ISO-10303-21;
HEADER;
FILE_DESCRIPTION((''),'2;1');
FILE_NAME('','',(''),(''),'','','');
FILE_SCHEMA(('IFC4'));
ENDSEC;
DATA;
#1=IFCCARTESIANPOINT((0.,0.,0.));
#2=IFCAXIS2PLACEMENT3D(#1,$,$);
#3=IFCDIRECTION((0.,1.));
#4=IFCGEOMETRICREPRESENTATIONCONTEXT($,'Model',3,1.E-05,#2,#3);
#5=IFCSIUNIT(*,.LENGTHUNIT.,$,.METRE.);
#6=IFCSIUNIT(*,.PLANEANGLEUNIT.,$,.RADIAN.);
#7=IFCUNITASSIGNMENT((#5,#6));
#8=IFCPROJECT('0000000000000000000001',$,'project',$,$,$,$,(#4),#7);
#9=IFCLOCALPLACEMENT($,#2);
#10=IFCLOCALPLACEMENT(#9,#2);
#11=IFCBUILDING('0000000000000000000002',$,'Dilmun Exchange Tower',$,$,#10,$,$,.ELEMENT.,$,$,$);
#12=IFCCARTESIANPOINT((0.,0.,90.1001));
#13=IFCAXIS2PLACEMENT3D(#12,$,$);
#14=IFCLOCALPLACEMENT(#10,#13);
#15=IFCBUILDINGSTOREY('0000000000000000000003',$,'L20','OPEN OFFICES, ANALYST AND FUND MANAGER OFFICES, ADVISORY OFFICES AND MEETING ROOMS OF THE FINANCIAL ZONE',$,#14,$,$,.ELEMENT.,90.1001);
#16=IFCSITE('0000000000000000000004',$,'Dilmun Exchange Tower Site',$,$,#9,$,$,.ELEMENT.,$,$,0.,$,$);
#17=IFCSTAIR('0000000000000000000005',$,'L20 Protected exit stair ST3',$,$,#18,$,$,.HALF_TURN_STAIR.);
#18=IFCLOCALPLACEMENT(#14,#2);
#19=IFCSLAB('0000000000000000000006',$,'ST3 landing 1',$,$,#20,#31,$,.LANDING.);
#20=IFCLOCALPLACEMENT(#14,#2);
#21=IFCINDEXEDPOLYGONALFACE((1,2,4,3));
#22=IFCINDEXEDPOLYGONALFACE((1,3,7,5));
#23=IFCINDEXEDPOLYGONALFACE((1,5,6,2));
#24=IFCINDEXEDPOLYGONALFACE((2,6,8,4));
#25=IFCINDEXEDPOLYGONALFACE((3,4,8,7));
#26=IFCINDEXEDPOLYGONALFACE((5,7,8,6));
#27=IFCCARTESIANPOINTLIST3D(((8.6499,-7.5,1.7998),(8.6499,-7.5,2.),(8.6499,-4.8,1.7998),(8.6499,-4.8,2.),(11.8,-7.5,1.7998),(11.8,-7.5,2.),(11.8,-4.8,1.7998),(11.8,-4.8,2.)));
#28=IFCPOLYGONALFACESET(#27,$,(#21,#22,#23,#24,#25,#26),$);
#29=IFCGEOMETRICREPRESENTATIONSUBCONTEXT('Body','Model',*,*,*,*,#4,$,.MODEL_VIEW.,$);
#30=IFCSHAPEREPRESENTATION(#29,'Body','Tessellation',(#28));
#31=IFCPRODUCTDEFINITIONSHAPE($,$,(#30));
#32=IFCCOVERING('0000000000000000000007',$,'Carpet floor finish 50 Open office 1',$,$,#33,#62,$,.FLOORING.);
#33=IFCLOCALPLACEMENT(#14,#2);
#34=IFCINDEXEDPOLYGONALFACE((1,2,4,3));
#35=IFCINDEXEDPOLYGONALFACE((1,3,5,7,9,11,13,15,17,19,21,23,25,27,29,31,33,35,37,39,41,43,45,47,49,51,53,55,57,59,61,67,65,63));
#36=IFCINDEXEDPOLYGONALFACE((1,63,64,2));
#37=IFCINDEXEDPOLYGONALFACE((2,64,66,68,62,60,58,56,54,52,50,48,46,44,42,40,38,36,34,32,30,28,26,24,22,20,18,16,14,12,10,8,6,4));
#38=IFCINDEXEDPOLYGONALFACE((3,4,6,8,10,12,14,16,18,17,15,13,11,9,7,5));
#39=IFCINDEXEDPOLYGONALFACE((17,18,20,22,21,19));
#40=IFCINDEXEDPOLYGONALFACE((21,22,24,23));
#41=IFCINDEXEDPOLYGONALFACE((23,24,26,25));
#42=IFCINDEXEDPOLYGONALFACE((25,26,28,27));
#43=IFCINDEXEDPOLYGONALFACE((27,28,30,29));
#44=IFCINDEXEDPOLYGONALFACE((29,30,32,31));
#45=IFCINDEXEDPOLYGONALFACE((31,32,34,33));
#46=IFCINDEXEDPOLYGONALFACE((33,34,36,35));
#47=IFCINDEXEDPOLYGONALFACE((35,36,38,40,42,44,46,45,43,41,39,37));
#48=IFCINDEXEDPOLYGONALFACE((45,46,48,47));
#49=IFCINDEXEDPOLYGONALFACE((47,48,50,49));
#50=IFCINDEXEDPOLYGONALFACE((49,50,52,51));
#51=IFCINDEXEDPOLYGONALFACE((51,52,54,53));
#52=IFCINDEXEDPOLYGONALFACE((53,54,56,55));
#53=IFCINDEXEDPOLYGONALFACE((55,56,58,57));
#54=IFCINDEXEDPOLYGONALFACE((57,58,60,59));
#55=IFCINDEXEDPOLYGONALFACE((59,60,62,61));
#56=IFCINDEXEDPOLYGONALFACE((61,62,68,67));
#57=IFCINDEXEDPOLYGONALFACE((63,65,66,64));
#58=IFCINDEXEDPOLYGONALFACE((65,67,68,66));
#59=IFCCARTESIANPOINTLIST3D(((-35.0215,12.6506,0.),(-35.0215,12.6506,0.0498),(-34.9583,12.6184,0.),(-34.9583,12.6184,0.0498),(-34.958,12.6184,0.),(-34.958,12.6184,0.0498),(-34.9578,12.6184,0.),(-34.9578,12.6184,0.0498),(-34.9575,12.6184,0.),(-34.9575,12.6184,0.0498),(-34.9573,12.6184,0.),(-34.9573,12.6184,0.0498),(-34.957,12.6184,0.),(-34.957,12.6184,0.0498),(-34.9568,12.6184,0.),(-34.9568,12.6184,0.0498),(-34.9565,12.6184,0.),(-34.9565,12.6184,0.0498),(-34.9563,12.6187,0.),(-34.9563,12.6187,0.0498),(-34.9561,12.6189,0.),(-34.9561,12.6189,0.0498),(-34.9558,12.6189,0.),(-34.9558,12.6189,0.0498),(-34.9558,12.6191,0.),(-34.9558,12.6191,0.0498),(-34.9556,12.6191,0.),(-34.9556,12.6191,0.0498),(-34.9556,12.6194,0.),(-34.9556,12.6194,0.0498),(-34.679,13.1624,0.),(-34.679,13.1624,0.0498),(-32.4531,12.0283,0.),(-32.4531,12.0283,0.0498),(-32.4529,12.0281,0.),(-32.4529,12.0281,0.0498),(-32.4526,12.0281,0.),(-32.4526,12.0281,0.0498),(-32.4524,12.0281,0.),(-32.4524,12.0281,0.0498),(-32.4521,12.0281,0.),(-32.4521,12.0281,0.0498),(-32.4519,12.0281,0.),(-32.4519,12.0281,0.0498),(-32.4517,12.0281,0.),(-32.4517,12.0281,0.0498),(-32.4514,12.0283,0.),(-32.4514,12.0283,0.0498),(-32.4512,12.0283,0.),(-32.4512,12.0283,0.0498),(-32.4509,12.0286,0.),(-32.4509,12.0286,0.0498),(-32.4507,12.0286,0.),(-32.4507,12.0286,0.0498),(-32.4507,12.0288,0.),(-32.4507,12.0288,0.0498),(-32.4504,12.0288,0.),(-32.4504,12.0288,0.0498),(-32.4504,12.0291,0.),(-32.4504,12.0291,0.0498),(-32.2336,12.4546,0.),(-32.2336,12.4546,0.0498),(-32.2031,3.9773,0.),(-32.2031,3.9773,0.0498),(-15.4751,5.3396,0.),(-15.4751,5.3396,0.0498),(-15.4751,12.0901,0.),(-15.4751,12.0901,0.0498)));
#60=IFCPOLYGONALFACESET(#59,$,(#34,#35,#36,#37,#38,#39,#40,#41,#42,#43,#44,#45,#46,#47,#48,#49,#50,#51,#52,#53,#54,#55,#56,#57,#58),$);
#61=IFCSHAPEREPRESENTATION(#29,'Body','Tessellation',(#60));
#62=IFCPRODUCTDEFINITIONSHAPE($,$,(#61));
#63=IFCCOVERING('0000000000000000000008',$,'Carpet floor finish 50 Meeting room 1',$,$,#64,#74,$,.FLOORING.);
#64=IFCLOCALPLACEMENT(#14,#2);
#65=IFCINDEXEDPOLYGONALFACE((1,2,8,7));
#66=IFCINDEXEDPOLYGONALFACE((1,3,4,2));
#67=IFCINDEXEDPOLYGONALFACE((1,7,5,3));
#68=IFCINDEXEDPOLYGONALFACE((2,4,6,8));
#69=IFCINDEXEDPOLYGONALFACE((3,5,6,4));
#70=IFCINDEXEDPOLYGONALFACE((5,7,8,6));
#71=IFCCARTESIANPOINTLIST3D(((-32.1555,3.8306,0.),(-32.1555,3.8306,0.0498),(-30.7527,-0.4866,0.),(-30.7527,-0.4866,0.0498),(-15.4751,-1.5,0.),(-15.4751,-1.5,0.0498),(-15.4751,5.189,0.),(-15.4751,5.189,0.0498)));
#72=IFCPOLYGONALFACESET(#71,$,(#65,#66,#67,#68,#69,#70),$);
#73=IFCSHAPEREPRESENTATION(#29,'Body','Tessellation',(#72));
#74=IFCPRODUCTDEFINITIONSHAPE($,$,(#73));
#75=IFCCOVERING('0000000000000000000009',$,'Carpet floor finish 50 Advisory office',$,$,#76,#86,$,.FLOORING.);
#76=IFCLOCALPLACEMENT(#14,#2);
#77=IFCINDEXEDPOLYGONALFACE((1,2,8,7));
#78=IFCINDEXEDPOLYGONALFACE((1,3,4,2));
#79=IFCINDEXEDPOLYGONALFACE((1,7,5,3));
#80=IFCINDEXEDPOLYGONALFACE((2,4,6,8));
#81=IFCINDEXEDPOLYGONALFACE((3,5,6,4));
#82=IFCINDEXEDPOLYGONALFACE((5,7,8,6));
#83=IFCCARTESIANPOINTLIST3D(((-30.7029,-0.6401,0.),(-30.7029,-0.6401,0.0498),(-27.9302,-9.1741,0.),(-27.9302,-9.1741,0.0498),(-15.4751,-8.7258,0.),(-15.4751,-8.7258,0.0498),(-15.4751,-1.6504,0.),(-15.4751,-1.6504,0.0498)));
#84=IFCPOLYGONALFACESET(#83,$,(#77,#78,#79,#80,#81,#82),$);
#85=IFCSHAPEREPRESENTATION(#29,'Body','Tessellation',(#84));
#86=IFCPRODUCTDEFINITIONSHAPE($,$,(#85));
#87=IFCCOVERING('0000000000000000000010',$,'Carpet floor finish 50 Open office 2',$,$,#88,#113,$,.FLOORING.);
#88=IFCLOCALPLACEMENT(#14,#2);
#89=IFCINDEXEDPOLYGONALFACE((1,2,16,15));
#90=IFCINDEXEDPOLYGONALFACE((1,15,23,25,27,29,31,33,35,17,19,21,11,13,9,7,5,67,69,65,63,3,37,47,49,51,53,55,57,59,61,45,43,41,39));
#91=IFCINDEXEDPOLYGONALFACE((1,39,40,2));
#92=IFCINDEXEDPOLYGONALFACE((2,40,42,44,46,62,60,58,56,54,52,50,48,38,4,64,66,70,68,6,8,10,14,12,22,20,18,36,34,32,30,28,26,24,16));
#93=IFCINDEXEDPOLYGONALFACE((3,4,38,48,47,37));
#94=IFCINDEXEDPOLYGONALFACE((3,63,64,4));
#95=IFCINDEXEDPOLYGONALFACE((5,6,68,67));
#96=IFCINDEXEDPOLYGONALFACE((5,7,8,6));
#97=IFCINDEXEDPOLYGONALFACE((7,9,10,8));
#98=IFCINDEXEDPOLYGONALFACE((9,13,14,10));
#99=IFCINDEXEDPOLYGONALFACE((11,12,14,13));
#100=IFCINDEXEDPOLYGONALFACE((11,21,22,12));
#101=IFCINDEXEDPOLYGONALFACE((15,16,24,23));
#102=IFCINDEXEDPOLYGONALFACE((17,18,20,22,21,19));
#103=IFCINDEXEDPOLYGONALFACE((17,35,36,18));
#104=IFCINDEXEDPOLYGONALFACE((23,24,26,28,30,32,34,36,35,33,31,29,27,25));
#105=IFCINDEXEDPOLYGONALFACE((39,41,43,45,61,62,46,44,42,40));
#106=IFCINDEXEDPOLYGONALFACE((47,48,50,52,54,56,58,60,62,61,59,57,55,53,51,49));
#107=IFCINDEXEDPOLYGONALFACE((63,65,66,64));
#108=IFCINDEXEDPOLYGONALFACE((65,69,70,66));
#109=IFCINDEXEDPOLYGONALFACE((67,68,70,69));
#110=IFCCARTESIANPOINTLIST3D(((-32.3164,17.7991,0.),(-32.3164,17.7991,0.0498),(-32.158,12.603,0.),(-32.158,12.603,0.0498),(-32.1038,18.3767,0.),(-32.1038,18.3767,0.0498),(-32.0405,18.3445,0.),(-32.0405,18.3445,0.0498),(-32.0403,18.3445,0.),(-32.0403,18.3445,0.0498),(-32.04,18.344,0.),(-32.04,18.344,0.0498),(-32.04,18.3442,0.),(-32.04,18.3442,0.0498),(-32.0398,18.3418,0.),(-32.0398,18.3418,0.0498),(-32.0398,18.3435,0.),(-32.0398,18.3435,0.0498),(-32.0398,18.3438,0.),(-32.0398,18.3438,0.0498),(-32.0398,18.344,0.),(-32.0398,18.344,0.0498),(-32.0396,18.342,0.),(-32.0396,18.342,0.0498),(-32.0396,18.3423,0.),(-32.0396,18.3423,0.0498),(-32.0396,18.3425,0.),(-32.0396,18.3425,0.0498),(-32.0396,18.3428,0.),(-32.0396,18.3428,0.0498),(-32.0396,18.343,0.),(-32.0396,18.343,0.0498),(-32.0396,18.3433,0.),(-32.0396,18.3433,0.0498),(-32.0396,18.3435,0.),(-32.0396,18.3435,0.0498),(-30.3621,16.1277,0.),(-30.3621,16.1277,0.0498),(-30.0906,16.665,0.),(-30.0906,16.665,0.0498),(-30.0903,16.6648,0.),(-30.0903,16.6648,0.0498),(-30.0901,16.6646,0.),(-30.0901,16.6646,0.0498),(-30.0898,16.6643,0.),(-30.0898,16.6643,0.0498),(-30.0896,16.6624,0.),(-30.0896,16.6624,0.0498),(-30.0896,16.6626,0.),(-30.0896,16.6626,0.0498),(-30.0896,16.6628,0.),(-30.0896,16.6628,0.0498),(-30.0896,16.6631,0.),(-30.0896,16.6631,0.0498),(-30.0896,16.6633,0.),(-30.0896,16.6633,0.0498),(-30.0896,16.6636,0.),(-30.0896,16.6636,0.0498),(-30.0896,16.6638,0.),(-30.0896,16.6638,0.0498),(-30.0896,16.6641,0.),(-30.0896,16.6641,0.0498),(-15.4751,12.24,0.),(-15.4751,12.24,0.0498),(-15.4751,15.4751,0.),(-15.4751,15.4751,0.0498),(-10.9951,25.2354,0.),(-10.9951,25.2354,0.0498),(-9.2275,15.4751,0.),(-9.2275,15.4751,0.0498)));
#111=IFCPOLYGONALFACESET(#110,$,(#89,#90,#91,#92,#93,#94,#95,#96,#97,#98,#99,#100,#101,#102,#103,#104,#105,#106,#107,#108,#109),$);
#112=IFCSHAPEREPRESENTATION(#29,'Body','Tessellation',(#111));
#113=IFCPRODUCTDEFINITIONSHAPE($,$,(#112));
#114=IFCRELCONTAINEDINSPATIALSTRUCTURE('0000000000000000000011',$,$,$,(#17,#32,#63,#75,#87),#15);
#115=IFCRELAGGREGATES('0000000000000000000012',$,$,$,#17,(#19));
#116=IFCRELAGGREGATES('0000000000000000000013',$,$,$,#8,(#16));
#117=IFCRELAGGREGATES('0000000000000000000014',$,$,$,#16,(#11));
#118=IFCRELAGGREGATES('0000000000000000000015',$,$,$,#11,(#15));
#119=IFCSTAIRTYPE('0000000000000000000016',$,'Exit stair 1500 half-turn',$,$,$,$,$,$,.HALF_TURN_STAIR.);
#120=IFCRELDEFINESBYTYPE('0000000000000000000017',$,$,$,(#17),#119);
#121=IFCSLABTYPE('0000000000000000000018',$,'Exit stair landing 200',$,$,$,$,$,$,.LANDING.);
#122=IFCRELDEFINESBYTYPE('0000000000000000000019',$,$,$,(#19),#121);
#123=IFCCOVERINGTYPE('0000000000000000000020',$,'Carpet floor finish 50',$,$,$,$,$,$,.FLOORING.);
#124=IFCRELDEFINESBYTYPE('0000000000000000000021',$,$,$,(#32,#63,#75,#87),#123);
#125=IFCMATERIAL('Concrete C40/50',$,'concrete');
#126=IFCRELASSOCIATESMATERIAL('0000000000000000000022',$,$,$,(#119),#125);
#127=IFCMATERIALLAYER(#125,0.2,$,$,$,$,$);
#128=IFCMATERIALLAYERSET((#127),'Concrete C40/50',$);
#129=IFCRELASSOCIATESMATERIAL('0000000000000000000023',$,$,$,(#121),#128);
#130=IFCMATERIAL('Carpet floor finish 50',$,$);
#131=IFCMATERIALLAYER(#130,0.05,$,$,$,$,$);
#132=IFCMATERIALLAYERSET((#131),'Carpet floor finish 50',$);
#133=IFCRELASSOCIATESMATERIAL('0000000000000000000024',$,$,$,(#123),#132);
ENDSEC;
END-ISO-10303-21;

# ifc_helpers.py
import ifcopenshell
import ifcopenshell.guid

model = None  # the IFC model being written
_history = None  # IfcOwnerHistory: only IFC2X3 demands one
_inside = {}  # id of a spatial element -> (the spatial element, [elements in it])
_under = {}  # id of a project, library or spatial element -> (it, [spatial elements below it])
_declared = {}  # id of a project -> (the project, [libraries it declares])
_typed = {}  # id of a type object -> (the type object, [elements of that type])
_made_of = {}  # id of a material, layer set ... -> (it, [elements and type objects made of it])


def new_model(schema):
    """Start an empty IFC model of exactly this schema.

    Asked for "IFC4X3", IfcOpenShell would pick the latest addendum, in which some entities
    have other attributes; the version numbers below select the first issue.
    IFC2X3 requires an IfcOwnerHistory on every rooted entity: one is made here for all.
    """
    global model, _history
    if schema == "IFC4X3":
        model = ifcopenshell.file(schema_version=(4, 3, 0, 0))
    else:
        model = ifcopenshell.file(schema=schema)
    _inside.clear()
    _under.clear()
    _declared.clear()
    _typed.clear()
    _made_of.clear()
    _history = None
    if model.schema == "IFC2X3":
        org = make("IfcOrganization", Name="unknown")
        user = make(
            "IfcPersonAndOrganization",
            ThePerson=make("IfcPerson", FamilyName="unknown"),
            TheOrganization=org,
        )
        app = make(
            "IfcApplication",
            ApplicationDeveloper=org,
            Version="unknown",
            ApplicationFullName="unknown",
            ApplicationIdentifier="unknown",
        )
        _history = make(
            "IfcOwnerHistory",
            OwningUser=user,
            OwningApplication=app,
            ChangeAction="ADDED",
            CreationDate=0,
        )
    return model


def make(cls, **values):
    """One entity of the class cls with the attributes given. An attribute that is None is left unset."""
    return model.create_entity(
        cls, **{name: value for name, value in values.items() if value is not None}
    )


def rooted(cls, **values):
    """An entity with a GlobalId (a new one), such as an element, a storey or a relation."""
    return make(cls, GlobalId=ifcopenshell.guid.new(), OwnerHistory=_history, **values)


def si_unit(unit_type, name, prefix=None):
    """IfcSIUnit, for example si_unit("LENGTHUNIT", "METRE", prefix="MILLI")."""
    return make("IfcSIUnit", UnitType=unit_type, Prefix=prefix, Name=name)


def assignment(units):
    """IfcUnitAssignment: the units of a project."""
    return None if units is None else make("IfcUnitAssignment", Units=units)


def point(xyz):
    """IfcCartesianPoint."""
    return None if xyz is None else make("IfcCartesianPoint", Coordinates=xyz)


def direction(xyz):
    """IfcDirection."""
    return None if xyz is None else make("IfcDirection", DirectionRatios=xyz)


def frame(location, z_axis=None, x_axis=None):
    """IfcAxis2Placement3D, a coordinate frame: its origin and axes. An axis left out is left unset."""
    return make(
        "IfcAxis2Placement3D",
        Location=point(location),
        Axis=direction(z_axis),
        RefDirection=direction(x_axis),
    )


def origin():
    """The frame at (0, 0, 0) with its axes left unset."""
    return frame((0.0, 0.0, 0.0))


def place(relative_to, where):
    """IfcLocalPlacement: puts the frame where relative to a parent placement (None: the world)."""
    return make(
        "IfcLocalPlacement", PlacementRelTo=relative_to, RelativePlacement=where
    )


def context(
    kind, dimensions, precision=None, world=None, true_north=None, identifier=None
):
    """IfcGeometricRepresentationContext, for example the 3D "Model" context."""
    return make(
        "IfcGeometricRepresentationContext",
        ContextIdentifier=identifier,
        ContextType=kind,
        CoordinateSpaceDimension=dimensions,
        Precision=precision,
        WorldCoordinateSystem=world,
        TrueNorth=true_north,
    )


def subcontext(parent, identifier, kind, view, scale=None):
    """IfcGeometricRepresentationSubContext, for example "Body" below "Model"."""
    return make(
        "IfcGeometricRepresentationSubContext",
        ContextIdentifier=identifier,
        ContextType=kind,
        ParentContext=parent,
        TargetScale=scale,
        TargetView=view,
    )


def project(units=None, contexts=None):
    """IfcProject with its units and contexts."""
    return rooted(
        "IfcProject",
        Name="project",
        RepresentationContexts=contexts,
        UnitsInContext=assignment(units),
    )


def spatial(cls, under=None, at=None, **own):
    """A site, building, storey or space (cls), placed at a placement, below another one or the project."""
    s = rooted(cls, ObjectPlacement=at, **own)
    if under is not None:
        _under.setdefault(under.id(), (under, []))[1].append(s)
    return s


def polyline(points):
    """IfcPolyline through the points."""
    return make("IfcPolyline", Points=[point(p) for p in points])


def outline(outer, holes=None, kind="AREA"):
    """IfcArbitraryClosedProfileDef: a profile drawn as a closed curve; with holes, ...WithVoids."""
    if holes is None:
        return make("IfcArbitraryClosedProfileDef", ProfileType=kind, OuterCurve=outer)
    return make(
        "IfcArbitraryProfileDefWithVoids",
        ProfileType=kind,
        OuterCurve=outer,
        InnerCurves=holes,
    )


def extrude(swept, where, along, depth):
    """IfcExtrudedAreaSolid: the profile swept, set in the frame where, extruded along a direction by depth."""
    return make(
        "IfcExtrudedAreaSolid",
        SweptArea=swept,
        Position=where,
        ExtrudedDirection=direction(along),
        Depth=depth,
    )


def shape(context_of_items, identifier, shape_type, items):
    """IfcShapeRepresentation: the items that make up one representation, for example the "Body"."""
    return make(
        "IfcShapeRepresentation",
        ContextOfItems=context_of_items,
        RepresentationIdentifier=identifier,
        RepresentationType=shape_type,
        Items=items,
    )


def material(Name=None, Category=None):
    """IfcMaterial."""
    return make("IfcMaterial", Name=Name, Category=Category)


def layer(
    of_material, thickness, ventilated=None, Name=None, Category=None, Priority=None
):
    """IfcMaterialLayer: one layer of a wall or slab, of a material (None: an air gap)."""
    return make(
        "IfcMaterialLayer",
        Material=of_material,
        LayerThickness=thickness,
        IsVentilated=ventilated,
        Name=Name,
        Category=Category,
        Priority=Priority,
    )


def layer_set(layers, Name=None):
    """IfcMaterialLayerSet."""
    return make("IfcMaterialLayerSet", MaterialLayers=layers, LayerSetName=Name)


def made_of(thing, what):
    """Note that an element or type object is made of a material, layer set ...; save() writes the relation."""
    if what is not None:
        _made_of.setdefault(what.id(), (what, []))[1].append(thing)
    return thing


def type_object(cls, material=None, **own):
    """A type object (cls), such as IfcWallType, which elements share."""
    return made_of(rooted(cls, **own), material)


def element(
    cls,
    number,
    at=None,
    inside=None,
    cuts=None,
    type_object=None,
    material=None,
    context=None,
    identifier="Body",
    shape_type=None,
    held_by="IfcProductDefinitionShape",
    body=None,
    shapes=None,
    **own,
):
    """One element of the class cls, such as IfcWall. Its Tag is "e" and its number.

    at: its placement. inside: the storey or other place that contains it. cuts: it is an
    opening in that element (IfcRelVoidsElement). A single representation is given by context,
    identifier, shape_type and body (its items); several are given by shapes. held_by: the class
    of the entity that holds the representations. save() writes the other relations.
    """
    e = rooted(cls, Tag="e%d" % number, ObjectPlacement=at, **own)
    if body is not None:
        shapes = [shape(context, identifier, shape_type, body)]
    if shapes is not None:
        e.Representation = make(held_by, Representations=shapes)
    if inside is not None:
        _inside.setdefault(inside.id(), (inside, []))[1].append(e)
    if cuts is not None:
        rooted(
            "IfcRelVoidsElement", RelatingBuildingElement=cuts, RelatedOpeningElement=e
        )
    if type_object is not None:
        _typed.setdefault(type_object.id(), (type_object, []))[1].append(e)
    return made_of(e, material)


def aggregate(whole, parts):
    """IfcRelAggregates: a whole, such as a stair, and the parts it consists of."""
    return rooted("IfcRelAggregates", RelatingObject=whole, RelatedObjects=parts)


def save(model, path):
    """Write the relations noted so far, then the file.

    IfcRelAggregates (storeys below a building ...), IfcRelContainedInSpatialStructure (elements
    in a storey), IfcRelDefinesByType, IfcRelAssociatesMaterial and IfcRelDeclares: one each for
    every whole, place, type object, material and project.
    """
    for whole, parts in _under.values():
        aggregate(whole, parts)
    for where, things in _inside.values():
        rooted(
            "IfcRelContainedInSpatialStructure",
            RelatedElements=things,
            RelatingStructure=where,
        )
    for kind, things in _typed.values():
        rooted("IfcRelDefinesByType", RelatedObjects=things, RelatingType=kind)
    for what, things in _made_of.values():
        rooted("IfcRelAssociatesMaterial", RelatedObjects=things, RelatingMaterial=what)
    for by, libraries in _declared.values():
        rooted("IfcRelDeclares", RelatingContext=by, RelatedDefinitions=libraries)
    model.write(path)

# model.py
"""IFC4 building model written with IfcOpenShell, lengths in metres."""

from ifc_helpers import new_model, si_unit, direction, frame, origin, place, context, subcontext, project, spatial, polyline, outline, extrude, material, layer, layer_set, type_object, element, aggregate, save


model = new_model("IFC4")

# Units and contexts
model_context = context("Model", 3, precision=1e-05, world=origin(), true_north=direction((0.0, 1.0)))
body_context = subcontext(model_context, "Body", "Model", "MODEL_VIEW")
ifc_project = project(units=[si_unit("LENGTHUNIT", "METRE"), si_unit("PLANEANGLEUNIT", "RADIAN")], contexts=[model_context])

# Site, building, storey
site_placement = place(None, origin())
site = spatial("IfcSite", under=ifc_project, at=site_placement, Name="Dilmun Exchange Tower Site", CompositionType="ELEMENT", RefElevation=0.0)
building_placement = place(site_placement, origin())
building = spatial("IfcBuilding", under=site, at=building_placement, Name="Dilmun Exchange Tower", CompositionType="ELEMENT")
storey_placement = place(building_placement, frame((0.0, 0.0, 90.1001)))
storey = spatial("IfcBuildingStorey", under=building, at=storey_placement, Name="L20", Description="OPEN OFFICES, ANALYST AND FUND MANAGER OFFICES, ADVISORY OFFICES AND MEETING ROOMS OF THE FINANCIAL ZONE", CompositionType="ELEMENT", Elevation=90.1001)

# Stair, slab
ifc_material_1 = material(Name="Concrete C40/50", Category="concrete")
stair_type = type_object("IfcStairType", Name="Exit stair 1500 half-turn", PredefinedType="HALF_TURN_STAIR", material=ifc_material_1)
stair_placement = place(storey_placement, origin())
stair = element("IfcStair", 1, at=stair_placement, inside=storey, type_object=stair_type, Name="L20 Protected exit stair ST3", PredefinedType="HALF_TURN_STAIR")
ifc_layer_1 = layer(ifc_material_1, 0.2)
ifc_layer_set_1 = layer_set([ifc_layer_1], Name="Concrete C40/50")
slab_type = type_object("IfcSlabType", Name="Exit stair landing 200", PredefinedType="LANDING", material=ifc_layer_set_1)
slab_placement = place(storey_placement, frame((0.0, 0.0, 1.7998)))
slab = element("IfcSlab", 2, at=slab_placement, type_object=slab_type, Name="ST3 landing 1", PredefinedType="LANDING", context=body_context, shape_type="SweptSolid", body=[
    extrude(outline(polyline([(11.8, -7.5), (11.8, -4.8), (8.6499, -4.8), (8.6499, -7.5), (11.8, -7.5)])), origin(), (0.0, 0.0, 1.0), 0.2002),
])
aggregate(stair, [slab])

# Coverings
ifc_material_2 = material(Name="Carpet floor finish 50")
ifc_layer_2 = layer(ifc_material_2, 0.05)
ifc_layer_set_2 = layer_set([ifc_layer_2], Name="Carpet floor finish 50")
covering_type_1 = type_object("IfcCoveringType", Name="Carpet floor finish 50", PredefinedType="FLOORING", material=ifc_layer_set_2)
covering_1_placement = place(storey_placement, origin())
element("IfcCovering", 3, at=covering_1_placement, inside=storey, type_object=covering_type_1, Name="Carpet floor finish 50 Open office 1", PredefinedType="FLOORING", context=body_context, shape_type="SweptSolid", body=[
    extrude(outline(polyline([(-15.4751, 12.0901), (-15.4751, 5.3396), (-32.2031, 3.9773), (-35.0215, 12.6506), (-34.9583, 12.6184), (-34.958, 12.6184), (-34.9578, 12.6184), (-34.9575, 12.6184), (-34.9575, 12.6184), (-34.9573, 12.6184), (-34.957, 12.6184), (-34.9568, 12.6184), (-34.9568, 12.6184), (-34.9565, 12.6184), (-34.9563, 12.6187), (-34.9563, 12.6187), (-34.9561, 12.6189), (-34.9558, 12.6189), (-34.9558, 12.6191), (-34.9556, 12.6191), (-34.9556, 12.6194), (-34.679, 13.1624), (-32.4531, 12.0283), (-32.4529, 12.0281), (-32.4526, 12.0281), (-32.4524, 12.0281), (-32.4524, 12.0281), (-32.4521, 12.0281), (-32.4519, 12.0281), (-32.4519, 12.0281), (-32.4517, 12.0281), (-32.4514, 12.0283), (-32.4512, 12.0283), (-32.4512, 12.0283), (-32.4509, 12.0286), (-32.4507, 12.0286), (-32.4507, 12.0288), (-32.4504, 12.0288), (-32.4504, 12.0291), (-32.2336, 12.4546), (-15.4751, 12.0901)])), origin(), (0.0, 0.0, 1.0), 0.0498),
])
covering_2_placement = place(storey_placement, origin())
element("IfcCovering", 4, at=covering_2_placement, inside=storey, type_object=covering_type_1, Name="Carpet floor finish 50 Meeting room 1", PredefinedType="FLOORING", context=body_context, shape_type="SweptSolid", body=[
    extrude(outline(polyline([(-15.4751, -1.5), (-30.7527, -0.4866), (-32.1555, 3.8306), (-15.4751, 5.189), (-15.4751, -1.5)])), origin(), (0.0, 0.0, 1.0), 0.0498),
])
covering_3_placement = place(storey_placement, origin())
element("IfcCovering", 5, at=covering_3_placement, inside=storey, type_object=covering_type_1, Name="Carpet floor finish 50 Advisory office", PredefinedType="FLOORING", context=body_context, shape_type="SweptSolid", body=[
    extrude(outline(polyline([(-15.4751, -8.7258), (-27.9302, -9.1741), (-30.7029, -0.6401), (-15.4751, -1.6504), (-15.4751, -8.7258)])), origin(), (0.0, 0.0, 1.0), 0.0498),
])
covering_4_placement = place(storey_placement, origin())
element("IfcCovering", 6, at=covering_4_placement, inside=storey, type_object=covering_type_1, Name="Carpet floor finish 50 Open office 2", PredefinedType="FLOORING", context=body_context, shape_type="SweptSolid", body=[
    extrude(outline(polyline([(-9.2275, 15.4751), (-15.4751, 15.4751), (-15.4751, 12.24), (-32.158, 12.603), (-30.3621, 16.1277), (-30.3621, 16.1277), (-30.0896, 16.6624), (-30.0896, 16.6626), (-30.0896, 16.6626), (-30.0896, 16.6628), (-30.0896, 16.6631), (-30.0896, 16.6631), (-30.0896, 16.6633), (-30.0896, 16.6636), (-30.0896, 16.6638), (-30.0896, 16.6641), (-30.0898, 16.6643), (-30.0898, 16.6643), (-30.0901, 16.6646), (-30.0901, 16.6646), (-30.0903, 16.6648), (-30.0903, 16.6648), (-30.0906, 16.665), (-32.3164, 17.7991), (-32.0398, 18.3418), (-32.0396, 18.342), (-32.0396, 18.3423), (-32.0396, 18.3423), (-32.0396, 18.3425), (-32.0396, 18.3428), (-32.0396, 18.343), (-32.0396, 18.3433), (-32.0396, 18.3435), (-32.0398, 18.3435), (-32.0398, 18.3438), (-32.0398, 18.344), (-32.04, 18.344), (-32.04, 18.3442), (-32.0403, 18.3445), (-32.0403, 18.3445), (-32.0405, 18.3445), (-32.1038, 18.3767), (-10.9951, 25.2354), (-9.2275, 15.4751)])), origin(), (0.0, 0.0, 1.0), 0.0498),
])

save(model, "model.ifc")
